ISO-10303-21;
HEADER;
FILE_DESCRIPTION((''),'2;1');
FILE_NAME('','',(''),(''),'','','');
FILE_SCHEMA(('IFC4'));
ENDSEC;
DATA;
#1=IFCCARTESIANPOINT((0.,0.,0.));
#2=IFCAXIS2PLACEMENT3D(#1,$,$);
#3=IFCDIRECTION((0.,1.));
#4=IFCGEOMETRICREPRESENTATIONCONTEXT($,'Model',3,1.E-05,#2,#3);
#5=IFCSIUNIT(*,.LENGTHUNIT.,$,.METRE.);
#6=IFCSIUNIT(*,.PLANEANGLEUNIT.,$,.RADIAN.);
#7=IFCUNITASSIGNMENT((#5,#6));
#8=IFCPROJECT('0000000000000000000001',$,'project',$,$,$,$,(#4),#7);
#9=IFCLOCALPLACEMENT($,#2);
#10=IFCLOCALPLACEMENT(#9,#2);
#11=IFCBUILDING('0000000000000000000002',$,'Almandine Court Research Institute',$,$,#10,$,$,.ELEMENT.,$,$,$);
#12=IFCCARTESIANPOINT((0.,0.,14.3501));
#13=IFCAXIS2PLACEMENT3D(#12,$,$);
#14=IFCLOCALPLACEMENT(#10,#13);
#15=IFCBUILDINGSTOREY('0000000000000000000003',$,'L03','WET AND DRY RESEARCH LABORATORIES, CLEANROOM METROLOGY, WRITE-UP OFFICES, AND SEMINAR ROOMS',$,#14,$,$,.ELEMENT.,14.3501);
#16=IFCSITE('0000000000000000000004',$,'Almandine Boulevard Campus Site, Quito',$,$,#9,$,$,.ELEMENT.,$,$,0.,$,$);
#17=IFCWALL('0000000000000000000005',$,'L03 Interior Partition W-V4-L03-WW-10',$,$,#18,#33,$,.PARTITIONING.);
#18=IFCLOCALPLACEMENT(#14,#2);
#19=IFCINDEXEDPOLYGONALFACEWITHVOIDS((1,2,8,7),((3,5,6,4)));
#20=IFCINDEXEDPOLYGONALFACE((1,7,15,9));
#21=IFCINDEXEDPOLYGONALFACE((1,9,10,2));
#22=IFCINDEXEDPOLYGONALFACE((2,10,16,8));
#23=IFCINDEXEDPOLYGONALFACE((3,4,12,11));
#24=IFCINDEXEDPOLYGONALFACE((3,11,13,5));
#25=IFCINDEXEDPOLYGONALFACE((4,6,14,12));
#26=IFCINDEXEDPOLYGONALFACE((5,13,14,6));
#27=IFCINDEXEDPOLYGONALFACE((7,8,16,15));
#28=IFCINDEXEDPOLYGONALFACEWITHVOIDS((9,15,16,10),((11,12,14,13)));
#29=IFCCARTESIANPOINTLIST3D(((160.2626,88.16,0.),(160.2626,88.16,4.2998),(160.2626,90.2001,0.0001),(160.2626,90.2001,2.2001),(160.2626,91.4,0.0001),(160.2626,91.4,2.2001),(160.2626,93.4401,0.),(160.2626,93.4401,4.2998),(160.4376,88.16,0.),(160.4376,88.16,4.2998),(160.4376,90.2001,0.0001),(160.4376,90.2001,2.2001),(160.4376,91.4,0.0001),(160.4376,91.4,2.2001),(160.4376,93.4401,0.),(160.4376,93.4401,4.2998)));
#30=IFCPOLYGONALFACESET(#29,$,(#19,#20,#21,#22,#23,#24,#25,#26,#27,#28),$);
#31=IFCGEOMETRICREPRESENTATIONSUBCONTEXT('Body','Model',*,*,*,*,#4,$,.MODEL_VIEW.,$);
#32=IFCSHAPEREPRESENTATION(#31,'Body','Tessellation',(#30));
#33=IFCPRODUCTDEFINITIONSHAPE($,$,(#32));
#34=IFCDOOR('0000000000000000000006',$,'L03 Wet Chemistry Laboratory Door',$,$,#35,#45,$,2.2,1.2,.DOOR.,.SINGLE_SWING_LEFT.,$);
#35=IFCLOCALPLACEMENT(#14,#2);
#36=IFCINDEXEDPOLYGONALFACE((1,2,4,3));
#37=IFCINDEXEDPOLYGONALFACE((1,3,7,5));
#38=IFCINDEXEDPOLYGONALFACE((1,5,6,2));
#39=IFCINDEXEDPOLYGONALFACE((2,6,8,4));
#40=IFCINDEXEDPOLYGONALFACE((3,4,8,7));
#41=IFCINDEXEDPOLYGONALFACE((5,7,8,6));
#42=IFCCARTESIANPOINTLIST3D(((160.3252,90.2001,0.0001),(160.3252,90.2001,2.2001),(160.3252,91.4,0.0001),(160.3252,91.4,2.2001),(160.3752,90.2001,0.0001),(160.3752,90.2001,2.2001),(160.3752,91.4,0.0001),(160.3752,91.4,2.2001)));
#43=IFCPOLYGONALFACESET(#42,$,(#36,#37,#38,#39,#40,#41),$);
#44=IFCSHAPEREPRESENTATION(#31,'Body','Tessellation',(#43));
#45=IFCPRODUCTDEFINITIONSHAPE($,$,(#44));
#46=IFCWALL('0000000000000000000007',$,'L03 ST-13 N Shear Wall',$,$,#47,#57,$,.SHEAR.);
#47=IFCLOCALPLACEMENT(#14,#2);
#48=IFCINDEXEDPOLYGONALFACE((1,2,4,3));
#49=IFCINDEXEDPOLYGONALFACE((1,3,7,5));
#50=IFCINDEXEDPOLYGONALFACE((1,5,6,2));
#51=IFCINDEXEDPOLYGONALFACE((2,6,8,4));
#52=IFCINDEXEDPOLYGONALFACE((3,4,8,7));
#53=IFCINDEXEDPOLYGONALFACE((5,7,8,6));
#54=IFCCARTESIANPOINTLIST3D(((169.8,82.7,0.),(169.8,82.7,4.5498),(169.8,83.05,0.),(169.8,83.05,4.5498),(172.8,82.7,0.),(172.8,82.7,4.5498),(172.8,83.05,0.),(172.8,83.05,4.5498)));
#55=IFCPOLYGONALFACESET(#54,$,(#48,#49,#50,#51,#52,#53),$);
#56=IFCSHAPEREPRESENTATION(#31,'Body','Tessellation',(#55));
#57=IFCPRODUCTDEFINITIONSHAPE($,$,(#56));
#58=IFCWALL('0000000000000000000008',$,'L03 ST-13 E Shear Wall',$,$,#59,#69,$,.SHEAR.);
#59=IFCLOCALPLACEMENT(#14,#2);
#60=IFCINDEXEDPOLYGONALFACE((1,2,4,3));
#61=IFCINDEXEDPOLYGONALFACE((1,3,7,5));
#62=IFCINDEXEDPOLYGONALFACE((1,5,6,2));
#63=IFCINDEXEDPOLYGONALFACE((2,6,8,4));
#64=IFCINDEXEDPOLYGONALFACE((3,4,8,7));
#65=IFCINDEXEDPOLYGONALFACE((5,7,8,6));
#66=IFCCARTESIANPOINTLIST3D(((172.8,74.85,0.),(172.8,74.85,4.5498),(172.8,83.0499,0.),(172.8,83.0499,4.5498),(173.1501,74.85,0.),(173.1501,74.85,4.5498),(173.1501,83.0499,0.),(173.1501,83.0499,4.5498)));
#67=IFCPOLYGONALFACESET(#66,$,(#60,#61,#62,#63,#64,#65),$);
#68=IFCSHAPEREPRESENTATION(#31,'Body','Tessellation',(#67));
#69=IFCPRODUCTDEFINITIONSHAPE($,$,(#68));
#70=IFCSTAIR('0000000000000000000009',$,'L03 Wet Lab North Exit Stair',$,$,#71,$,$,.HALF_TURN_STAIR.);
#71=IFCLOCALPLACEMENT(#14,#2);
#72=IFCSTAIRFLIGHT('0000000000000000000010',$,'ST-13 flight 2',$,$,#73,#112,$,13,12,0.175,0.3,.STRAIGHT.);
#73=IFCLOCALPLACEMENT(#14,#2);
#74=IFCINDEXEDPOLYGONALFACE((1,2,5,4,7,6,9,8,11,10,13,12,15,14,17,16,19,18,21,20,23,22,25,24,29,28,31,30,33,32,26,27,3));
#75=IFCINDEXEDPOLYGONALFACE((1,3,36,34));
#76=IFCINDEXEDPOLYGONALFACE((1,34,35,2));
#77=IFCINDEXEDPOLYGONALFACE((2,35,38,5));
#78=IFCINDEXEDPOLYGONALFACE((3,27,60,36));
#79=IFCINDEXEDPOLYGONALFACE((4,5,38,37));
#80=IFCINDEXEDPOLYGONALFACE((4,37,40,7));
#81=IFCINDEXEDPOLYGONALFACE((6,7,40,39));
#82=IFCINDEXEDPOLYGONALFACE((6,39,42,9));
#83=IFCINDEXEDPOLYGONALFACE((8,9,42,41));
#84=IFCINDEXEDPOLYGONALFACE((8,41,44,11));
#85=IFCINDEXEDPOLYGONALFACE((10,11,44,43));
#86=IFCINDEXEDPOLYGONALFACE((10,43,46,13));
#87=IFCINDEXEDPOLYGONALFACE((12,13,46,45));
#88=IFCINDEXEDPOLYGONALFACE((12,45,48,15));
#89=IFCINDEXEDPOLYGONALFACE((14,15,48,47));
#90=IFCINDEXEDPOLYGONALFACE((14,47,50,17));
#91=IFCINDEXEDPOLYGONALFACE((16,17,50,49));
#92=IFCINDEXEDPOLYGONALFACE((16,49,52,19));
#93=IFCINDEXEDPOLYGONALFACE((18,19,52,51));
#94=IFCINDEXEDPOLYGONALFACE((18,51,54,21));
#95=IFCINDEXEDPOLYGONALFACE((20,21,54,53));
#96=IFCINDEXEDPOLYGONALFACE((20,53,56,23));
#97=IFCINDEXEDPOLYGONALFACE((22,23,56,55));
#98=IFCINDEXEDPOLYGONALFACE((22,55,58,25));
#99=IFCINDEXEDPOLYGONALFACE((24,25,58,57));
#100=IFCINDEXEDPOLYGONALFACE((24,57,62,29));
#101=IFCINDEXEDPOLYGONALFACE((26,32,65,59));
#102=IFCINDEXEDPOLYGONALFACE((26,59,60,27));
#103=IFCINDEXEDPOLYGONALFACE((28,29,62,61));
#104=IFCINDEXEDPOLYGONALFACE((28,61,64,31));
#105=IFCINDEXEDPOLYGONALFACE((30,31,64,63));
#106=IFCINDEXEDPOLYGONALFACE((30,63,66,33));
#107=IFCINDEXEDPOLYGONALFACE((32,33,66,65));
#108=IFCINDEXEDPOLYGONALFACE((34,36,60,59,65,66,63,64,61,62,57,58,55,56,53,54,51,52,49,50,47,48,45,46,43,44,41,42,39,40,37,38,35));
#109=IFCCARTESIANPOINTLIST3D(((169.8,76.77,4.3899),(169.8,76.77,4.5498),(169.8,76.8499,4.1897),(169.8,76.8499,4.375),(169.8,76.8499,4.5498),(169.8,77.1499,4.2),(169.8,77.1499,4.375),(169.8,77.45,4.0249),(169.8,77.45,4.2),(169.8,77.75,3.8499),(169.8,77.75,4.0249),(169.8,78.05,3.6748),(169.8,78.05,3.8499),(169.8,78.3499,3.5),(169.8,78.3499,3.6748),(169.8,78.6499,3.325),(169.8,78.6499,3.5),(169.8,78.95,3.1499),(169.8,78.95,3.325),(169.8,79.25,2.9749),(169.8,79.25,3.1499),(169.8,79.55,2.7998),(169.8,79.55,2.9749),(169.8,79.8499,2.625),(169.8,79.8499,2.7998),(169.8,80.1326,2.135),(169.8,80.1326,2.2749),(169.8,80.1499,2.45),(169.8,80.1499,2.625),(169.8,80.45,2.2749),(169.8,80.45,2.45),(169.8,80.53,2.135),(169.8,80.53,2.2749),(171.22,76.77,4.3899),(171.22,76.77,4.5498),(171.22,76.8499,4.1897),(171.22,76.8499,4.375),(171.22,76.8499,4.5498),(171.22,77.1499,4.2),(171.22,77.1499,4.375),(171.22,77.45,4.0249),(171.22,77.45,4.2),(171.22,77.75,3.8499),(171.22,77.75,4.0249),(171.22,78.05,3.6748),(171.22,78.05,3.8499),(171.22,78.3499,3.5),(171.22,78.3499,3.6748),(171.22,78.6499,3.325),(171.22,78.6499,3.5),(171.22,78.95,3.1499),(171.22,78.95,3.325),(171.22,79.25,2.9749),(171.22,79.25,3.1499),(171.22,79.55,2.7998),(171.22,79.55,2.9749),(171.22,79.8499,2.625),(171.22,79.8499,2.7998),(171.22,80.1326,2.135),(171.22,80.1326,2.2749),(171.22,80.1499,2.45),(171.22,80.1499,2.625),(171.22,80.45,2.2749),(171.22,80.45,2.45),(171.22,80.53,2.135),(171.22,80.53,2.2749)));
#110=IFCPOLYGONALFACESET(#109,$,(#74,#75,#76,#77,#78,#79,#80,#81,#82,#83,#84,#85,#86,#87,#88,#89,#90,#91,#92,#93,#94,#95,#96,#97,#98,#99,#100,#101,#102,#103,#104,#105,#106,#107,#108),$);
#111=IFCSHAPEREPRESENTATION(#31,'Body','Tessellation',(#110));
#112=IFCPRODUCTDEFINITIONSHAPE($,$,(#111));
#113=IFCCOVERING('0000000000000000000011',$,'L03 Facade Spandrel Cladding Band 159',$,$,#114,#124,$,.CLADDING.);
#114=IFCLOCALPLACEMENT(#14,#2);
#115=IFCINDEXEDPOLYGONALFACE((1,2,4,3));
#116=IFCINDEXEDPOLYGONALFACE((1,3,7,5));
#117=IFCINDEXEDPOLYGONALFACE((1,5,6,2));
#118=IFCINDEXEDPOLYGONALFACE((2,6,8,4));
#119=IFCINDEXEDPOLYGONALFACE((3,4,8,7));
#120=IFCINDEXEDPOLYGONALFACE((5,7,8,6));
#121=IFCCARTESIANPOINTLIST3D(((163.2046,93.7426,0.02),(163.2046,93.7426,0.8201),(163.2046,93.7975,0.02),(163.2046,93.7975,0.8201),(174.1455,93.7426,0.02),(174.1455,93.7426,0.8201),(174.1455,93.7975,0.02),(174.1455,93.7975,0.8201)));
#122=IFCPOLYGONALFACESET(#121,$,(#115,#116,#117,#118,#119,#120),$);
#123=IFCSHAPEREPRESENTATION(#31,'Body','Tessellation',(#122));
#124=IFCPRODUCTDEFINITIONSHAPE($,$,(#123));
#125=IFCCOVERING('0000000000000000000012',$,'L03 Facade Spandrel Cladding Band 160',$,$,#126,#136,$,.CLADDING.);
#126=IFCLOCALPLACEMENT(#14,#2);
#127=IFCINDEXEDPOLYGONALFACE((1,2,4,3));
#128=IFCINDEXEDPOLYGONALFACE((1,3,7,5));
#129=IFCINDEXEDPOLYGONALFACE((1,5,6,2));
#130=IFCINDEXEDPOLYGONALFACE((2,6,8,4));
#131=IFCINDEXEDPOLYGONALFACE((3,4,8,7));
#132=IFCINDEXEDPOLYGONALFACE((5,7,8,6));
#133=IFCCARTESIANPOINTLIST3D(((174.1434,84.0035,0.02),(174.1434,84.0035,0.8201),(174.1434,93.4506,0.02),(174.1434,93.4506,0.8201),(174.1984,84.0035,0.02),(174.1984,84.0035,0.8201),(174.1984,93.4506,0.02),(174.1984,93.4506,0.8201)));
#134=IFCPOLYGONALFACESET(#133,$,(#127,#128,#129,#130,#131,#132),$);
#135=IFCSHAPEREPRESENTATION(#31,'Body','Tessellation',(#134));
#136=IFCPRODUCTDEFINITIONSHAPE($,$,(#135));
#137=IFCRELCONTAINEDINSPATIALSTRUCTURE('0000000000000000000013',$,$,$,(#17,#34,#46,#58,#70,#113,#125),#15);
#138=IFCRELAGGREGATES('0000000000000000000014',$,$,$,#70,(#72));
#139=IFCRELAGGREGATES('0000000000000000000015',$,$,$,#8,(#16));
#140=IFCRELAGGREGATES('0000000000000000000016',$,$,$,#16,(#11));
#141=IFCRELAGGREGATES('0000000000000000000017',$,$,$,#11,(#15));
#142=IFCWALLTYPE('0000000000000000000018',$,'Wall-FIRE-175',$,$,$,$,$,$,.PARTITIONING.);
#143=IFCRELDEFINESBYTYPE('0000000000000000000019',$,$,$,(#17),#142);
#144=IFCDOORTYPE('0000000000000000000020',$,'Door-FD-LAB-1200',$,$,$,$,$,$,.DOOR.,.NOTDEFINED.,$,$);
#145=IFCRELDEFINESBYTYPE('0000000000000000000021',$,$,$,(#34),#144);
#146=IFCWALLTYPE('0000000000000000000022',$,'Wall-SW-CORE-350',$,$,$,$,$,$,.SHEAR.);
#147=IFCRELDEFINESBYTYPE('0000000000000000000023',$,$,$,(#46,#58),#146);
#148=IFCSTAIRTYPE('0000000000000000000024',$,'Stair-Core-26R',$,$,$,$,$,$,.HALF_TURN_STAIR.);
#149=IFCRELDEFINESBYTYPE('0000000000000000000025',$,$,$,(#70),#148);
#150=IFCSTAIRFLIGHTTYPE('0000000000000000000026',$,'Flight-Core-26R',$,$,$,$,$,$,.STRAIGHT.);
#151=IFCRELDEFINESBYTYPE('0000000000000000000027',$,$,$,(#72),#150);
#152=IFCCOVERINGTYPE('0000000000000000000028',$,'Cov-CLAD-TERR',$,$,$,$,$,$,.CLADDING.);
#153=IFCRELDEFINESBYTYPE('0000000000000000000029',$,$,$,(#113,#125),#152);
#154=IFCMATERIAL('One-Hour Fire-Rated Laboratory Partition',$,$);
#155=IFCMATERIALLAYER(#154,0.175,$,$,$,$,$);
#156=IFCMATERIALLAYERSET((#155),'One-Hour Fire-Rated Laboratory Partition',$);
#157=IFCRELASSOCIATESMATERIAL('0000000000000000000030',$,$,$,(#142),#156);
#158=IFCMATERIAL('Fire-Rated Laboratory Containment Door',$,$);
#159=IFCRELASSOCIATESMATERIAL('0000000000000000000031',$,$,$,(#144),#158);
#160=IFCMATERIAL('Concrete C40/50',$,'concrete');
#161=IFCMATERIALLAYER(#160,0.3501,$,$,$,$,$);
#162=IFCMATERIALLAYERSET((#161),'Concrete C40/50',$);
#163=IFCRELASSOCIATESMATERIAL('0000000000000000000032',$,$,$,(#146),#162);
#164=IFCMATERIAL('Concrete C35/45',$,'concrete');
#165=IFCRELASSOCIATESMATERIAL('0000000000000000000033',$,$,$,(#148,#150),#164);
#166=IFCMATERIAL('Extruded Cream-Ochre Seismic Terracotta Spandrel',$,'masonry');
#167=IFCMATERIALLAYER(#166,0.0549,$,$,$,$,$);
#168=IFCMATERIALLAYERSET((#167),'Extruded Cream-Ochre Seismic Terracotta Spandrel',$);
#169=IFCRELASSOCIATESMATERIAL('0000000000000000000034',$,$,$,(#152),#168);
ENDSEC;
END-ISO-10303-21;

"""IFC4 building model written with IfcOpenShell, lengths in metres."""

from ifc_helpers import new_model, si_unit, direction, frame, frame_2d, origin, origin_2d, place, context, subcontext, project, spatial, polyline, rectangle, outline, extrude, material, layer, layer_set, type_object, element, fill, aggregate, save


model = new_model("IFC4")

# Units and contexts
model_context = context("Model", 3, precision=1e-05, world=origin(), true_north=direction((0.0, 1.0)))
body_context = subcontext(model_context, "Body", "Model", "MODEL_VIEW")
ifc_project = project(units=[si_unit("LENGTHUNIT", "METRE"), si_unit("PLANEANGLEUNIT", "RADIAN")], contexts=[model_context])

# Site, building, storey
site_placement = place(None, origin())
site = spatial("IfcSite", under=ifc_project, at=site_placement, Name="Almandine Boulevard Campus Site, Quito", CompositionType="ELEMENT", RefElevation=0.0)
building_placement = place(site_placement, origin())
building = spatial("IfcBuilding", under=site, at=building_placement, Name="Almandine Court Research Institute", CompositionType="ELEMENT")
storey_placement = place(building_placement, frame((0.0, 0.0, 14.3501)))
storey = spatial("IfcBuildingStorey", under=building, at=storey_placement, Name="L03", Description="WET AND DRY RESEARCH LABORATORIES, CLEANROOM METROLOGY, WRITE-UP OFFICES, AND SEMINAR ROOMS", CompositionType="ELEMENT", Elevation=14.3501)

# Wall, opening, door
ifc_material_1 = material(Name="One-Hour Fire-Rated Laboratory Partition")
ifc_layer_1 = layer(ifc_material_1, 0.175)
ifc_layer_set_1 = layer_set([ifc_layer_1], Name="One-Hour Fire-Rated Laboratory Partition")
wall_type_1 = type_object("IfcWallType", Name="Wall-FIRE-175", PredefinedType="PARTITIONING", material=ifc_layer_set_1)
wall_1_placement = place(storey_placement, frame((160.3501, 88.1599, 0.0), z_axis=(0.0, 0.0, 1.0), x_axis=(0.0, 1.0, 0.0)))
wall_1 = element("IfcWall", 1, at=wall_1_placement, inside=storey, type_object=wall_type_1, Name="L03 Interior Partition W-V4-L03-WW-10", PredefinedType="PARTITIONING", context=body_context, shape_type="SweptSolid", body=[
    extrude(rectangle(XDim=5.28, YDim=0.175, at=frame_2d((2.6401, 0.0))), origin(), (0.0, 0.0, 1.0), 4.2998),
])
opening_1_placement = place(wall_1_placement, frame((2.04, 0.0, 0.0)))
opening_1 = element("IfcOpeningElement", 2, at=opening_1_placement, cuts=wall_1, PredefinedType="OPENING", context=body_context, shape_type="SweptSolid", body=[
    extrude(rectangle(XDim=1.2, YDim=2.2, at=frame_2d((0.6001, 1.1001))), frame((0.0, 0.0974, 0.0), z_axis=(0.0, -1.0, 0.0), x_axis=(1.0, 0.0, 0.0)), (0.0, 0.0, 1.0), 0.1951),
])
ifc_material_2 = material(Name="Fire-Rated Laboratory Containment Door")
door_type = type_object("IfcDoorType", Name="Door-FD-LAB-1200", OperationType="NOTDEFINED", PredefinedType="DOOR", material=ifc_material_2)
door_placement = place(opening_1_placement, origin())
door = element("IfcDoor", 3, at=door_placement, inside=storey, type_object=door_type, Name="L03 Wet Chemistry Laboratory Door", OperationType="SINGLE_SWING_LEFT", OverallHeight=2.2, OverallWidth=1.2, PredefinedType="DOOR", context=body_context, shape_type="SweptSolid", body=[
    extrude(rectangle(XDim=1.2, YDim=2.2, at=frame_2d((0.6001, 1.1001))), frame((0.0, 0.0249, 0.0), z_axis=(0.0, -1.0, 0.0), x_axis=(1.0, 0.0, 0.0)), (0.0, 0.0, 1.0), 0.05),
])
fill(opening_1, door)

# Walls
ifc_material_3 = material(Name="Concrete C40/50", Category="concrete")
ifc_layer_2 = layer(ifc_material_3, 0.3501)
ifc_layer_set_2 = layer_set([ifc_layer_2], Name="Concrete C40/50")
wall_type_2 = type_object("IfcWallType", Name="Wall-SW-CORE-350", PredefinedType="SHEAR", material=ifc_layer_set_2)
wall_2_placement = place(storey_placement, frame((169.8, 82.875, 0.0), z_axis=(0.0, 0.0, 1.0), x_axis=(1.0, 0.0, 0.0)))
element("IfcWall", 4, at=wall_2_placement, inside=storey, type_object=wall_type_2, Name="L03 ST-13 N Shear Wall", PredefinedType="SHEAR", context=body_context, shape_type="SweptSolid", body=[
    extrude(rectangle(XDim=3.0, YDim=0.3501, at=frame_2d((1.5, 0.0))), origin(), (0.0, 0.0, 1.0), 4.5498),
])
wall_3_placement = place(storey_placement, frame((172.9751, 83.05, 0.0), z_axis=(0.0, 0.0, 1.0), x_axis=(0.0, -1.0, 0.0)))
element("IfcWall", 5, at=wall_3_placement, inside=storey, type_object=wall_type_2, Name="L03 ST-13 E Shear Wall", PredefinedType="SHEAR", context=body_context, shape_type="SweptSolid", body=[
    extrude(rectangle(XDim=8.2, YDim=0.3501, at=frame_2d((4.1001, 0.0))), origin(), (0.0, 0.0, 1.0), 4.5498),
])

# Stair, stair flight
ifc_material_4 = material(Name="Concrete C35/45", Category="concrete")
stair_type = type_object("IfcStairType", Name="Stair-Core-26R", PredefinedType="HALF_TURN_STAIR", material=ifc_material_4)
stair_placement = place(storey_placement, origin())
stair = element("IfcStair", 6, at=stair_placement, inside=storey, type_object=stair_type, Name="L03 Wet Lab North Exit Stair", PredefinedType="HALF_TURN_STAIR")
stair_flight_type = type_object("IfcStairFlightType", Name="Flight-Core-26R", PredefinedType="STRAIGHT", material=ifc_material_4)
stair_flight_placement = place(storey_placement, frame((170.51, 80.45, 2.2749), z_axis=(0.0, 0.0, 1.0), x_axis=(0.0, -1.0, 0.0)))
stair_flight = element("IfcStairFlight", 7, at=stair_flight_placement, type_object=stair_flight_type, Name="ST-13 flight 2", NumberOfRisers=13, NumberOfTreads=12, PredefinedType="STRAIGHT", RiserHeight=0.175, TreadLength=0.3, context=body_context, shape_type="SweptSolid", body=[
    extrude(outline(polyline([(-0.0801, -0.1399), (-0.0801, 0.0), (0.0, 0.0), (0.0, 0.175), (0.3, 0.175), (0.3, 0.3501), (0.6001, 0.3501), (0.6001, 0.5249), (0.8999, 0.5249), (0.8999, 0.7), (1.2, 0.7), (1.2, 0.875), (1.5, 0.875), (1.5, 1.05), (1.8, 1.05), (1.8, 1.2251), (2.1001, 1.2251), (2.1001, 1.3999), (2.3999, 1.3999), (2.3999, 1.575), (2.7, 1.575), (2.7, 1.75), (3.0, 1.75), (3.0, 1.925), (3.3, 1.925), (3.3, 2.1001), (3.6001, 2.1001), (3.6001, 2.2749), (3.6799, 2.2749), (3.6799, 2.115), (3.6001, 1.9148), (0.3174, 0.0), (0.3174, -0.1399), (-0.0801, -0.1399)])), frame((0.0, 0.71, 0.0), z_axis=(0.0, -1.0, 0.0), x_axis=(1.0, 0.0, 0.0)), (0.0, 0.0, 1.0), 1.4199),
])
aggregate(stair, [stair_flight])

# Coverings
ifc_material_5 = material(Name="Extruded Cream-Ochre Seismic Terracotta Spandrel", Category="masonry")
ifc_layer_3 = layer(ifc_material_5, 0.0549)
ifc_layer_set_3 = layer_set([ifc_layer_3], Name="Extruded Cream-Ochre Seismic Terracotta Spandrel")
covering_type = type_object("IfcCoveringType", Name="Cov-CLAD-TERR", PredefinedType="CLADDING", material=ifc_layer_set_3)
covering_1_placement = place(storey_placement, frame((168.675, 93.77, 0.02), z_axis=(0.0, 0.0, 1.0), x_axis=(1.0, 0.0, 0.0)))
element("IfcCovering", 8, at=covering_1_placement, inside=storey, type_object=covering_type, Name="L03 Facade Spandrel Cladding Band 159", PredefinedType="CLADDING", context=body_context, shape_type="SweptSolid", body=[
    extrude(rectangle(XDim=10.9409, YDim=0.0549, at=origin_2d()), origin(), (0.0, 0.0, 1.0), 0.8),
])
covering_2_placement = place(storey_placement, frame((174.1709, 88.7271, 0.02), z_axis=(0.0, 0.0, 1.0), x_axis=(0.0, -1.0, 0.0)))
element("IfcCovering", 9, at=covering_2_placement, inside=storey, type_object=covering_type, Name="L03 Facade Spandrel Cladding Band 160", PredefinedType="CLADDING", context=body_context, shape_type="SweptSolid", body=[
    extrude(rectangle(XDim=9.447, YDim=0.0549, at=origin_2d()), origin(), (0.0, 0.0, 1.0), 0.8),
])

save(model, "model.ifc")
